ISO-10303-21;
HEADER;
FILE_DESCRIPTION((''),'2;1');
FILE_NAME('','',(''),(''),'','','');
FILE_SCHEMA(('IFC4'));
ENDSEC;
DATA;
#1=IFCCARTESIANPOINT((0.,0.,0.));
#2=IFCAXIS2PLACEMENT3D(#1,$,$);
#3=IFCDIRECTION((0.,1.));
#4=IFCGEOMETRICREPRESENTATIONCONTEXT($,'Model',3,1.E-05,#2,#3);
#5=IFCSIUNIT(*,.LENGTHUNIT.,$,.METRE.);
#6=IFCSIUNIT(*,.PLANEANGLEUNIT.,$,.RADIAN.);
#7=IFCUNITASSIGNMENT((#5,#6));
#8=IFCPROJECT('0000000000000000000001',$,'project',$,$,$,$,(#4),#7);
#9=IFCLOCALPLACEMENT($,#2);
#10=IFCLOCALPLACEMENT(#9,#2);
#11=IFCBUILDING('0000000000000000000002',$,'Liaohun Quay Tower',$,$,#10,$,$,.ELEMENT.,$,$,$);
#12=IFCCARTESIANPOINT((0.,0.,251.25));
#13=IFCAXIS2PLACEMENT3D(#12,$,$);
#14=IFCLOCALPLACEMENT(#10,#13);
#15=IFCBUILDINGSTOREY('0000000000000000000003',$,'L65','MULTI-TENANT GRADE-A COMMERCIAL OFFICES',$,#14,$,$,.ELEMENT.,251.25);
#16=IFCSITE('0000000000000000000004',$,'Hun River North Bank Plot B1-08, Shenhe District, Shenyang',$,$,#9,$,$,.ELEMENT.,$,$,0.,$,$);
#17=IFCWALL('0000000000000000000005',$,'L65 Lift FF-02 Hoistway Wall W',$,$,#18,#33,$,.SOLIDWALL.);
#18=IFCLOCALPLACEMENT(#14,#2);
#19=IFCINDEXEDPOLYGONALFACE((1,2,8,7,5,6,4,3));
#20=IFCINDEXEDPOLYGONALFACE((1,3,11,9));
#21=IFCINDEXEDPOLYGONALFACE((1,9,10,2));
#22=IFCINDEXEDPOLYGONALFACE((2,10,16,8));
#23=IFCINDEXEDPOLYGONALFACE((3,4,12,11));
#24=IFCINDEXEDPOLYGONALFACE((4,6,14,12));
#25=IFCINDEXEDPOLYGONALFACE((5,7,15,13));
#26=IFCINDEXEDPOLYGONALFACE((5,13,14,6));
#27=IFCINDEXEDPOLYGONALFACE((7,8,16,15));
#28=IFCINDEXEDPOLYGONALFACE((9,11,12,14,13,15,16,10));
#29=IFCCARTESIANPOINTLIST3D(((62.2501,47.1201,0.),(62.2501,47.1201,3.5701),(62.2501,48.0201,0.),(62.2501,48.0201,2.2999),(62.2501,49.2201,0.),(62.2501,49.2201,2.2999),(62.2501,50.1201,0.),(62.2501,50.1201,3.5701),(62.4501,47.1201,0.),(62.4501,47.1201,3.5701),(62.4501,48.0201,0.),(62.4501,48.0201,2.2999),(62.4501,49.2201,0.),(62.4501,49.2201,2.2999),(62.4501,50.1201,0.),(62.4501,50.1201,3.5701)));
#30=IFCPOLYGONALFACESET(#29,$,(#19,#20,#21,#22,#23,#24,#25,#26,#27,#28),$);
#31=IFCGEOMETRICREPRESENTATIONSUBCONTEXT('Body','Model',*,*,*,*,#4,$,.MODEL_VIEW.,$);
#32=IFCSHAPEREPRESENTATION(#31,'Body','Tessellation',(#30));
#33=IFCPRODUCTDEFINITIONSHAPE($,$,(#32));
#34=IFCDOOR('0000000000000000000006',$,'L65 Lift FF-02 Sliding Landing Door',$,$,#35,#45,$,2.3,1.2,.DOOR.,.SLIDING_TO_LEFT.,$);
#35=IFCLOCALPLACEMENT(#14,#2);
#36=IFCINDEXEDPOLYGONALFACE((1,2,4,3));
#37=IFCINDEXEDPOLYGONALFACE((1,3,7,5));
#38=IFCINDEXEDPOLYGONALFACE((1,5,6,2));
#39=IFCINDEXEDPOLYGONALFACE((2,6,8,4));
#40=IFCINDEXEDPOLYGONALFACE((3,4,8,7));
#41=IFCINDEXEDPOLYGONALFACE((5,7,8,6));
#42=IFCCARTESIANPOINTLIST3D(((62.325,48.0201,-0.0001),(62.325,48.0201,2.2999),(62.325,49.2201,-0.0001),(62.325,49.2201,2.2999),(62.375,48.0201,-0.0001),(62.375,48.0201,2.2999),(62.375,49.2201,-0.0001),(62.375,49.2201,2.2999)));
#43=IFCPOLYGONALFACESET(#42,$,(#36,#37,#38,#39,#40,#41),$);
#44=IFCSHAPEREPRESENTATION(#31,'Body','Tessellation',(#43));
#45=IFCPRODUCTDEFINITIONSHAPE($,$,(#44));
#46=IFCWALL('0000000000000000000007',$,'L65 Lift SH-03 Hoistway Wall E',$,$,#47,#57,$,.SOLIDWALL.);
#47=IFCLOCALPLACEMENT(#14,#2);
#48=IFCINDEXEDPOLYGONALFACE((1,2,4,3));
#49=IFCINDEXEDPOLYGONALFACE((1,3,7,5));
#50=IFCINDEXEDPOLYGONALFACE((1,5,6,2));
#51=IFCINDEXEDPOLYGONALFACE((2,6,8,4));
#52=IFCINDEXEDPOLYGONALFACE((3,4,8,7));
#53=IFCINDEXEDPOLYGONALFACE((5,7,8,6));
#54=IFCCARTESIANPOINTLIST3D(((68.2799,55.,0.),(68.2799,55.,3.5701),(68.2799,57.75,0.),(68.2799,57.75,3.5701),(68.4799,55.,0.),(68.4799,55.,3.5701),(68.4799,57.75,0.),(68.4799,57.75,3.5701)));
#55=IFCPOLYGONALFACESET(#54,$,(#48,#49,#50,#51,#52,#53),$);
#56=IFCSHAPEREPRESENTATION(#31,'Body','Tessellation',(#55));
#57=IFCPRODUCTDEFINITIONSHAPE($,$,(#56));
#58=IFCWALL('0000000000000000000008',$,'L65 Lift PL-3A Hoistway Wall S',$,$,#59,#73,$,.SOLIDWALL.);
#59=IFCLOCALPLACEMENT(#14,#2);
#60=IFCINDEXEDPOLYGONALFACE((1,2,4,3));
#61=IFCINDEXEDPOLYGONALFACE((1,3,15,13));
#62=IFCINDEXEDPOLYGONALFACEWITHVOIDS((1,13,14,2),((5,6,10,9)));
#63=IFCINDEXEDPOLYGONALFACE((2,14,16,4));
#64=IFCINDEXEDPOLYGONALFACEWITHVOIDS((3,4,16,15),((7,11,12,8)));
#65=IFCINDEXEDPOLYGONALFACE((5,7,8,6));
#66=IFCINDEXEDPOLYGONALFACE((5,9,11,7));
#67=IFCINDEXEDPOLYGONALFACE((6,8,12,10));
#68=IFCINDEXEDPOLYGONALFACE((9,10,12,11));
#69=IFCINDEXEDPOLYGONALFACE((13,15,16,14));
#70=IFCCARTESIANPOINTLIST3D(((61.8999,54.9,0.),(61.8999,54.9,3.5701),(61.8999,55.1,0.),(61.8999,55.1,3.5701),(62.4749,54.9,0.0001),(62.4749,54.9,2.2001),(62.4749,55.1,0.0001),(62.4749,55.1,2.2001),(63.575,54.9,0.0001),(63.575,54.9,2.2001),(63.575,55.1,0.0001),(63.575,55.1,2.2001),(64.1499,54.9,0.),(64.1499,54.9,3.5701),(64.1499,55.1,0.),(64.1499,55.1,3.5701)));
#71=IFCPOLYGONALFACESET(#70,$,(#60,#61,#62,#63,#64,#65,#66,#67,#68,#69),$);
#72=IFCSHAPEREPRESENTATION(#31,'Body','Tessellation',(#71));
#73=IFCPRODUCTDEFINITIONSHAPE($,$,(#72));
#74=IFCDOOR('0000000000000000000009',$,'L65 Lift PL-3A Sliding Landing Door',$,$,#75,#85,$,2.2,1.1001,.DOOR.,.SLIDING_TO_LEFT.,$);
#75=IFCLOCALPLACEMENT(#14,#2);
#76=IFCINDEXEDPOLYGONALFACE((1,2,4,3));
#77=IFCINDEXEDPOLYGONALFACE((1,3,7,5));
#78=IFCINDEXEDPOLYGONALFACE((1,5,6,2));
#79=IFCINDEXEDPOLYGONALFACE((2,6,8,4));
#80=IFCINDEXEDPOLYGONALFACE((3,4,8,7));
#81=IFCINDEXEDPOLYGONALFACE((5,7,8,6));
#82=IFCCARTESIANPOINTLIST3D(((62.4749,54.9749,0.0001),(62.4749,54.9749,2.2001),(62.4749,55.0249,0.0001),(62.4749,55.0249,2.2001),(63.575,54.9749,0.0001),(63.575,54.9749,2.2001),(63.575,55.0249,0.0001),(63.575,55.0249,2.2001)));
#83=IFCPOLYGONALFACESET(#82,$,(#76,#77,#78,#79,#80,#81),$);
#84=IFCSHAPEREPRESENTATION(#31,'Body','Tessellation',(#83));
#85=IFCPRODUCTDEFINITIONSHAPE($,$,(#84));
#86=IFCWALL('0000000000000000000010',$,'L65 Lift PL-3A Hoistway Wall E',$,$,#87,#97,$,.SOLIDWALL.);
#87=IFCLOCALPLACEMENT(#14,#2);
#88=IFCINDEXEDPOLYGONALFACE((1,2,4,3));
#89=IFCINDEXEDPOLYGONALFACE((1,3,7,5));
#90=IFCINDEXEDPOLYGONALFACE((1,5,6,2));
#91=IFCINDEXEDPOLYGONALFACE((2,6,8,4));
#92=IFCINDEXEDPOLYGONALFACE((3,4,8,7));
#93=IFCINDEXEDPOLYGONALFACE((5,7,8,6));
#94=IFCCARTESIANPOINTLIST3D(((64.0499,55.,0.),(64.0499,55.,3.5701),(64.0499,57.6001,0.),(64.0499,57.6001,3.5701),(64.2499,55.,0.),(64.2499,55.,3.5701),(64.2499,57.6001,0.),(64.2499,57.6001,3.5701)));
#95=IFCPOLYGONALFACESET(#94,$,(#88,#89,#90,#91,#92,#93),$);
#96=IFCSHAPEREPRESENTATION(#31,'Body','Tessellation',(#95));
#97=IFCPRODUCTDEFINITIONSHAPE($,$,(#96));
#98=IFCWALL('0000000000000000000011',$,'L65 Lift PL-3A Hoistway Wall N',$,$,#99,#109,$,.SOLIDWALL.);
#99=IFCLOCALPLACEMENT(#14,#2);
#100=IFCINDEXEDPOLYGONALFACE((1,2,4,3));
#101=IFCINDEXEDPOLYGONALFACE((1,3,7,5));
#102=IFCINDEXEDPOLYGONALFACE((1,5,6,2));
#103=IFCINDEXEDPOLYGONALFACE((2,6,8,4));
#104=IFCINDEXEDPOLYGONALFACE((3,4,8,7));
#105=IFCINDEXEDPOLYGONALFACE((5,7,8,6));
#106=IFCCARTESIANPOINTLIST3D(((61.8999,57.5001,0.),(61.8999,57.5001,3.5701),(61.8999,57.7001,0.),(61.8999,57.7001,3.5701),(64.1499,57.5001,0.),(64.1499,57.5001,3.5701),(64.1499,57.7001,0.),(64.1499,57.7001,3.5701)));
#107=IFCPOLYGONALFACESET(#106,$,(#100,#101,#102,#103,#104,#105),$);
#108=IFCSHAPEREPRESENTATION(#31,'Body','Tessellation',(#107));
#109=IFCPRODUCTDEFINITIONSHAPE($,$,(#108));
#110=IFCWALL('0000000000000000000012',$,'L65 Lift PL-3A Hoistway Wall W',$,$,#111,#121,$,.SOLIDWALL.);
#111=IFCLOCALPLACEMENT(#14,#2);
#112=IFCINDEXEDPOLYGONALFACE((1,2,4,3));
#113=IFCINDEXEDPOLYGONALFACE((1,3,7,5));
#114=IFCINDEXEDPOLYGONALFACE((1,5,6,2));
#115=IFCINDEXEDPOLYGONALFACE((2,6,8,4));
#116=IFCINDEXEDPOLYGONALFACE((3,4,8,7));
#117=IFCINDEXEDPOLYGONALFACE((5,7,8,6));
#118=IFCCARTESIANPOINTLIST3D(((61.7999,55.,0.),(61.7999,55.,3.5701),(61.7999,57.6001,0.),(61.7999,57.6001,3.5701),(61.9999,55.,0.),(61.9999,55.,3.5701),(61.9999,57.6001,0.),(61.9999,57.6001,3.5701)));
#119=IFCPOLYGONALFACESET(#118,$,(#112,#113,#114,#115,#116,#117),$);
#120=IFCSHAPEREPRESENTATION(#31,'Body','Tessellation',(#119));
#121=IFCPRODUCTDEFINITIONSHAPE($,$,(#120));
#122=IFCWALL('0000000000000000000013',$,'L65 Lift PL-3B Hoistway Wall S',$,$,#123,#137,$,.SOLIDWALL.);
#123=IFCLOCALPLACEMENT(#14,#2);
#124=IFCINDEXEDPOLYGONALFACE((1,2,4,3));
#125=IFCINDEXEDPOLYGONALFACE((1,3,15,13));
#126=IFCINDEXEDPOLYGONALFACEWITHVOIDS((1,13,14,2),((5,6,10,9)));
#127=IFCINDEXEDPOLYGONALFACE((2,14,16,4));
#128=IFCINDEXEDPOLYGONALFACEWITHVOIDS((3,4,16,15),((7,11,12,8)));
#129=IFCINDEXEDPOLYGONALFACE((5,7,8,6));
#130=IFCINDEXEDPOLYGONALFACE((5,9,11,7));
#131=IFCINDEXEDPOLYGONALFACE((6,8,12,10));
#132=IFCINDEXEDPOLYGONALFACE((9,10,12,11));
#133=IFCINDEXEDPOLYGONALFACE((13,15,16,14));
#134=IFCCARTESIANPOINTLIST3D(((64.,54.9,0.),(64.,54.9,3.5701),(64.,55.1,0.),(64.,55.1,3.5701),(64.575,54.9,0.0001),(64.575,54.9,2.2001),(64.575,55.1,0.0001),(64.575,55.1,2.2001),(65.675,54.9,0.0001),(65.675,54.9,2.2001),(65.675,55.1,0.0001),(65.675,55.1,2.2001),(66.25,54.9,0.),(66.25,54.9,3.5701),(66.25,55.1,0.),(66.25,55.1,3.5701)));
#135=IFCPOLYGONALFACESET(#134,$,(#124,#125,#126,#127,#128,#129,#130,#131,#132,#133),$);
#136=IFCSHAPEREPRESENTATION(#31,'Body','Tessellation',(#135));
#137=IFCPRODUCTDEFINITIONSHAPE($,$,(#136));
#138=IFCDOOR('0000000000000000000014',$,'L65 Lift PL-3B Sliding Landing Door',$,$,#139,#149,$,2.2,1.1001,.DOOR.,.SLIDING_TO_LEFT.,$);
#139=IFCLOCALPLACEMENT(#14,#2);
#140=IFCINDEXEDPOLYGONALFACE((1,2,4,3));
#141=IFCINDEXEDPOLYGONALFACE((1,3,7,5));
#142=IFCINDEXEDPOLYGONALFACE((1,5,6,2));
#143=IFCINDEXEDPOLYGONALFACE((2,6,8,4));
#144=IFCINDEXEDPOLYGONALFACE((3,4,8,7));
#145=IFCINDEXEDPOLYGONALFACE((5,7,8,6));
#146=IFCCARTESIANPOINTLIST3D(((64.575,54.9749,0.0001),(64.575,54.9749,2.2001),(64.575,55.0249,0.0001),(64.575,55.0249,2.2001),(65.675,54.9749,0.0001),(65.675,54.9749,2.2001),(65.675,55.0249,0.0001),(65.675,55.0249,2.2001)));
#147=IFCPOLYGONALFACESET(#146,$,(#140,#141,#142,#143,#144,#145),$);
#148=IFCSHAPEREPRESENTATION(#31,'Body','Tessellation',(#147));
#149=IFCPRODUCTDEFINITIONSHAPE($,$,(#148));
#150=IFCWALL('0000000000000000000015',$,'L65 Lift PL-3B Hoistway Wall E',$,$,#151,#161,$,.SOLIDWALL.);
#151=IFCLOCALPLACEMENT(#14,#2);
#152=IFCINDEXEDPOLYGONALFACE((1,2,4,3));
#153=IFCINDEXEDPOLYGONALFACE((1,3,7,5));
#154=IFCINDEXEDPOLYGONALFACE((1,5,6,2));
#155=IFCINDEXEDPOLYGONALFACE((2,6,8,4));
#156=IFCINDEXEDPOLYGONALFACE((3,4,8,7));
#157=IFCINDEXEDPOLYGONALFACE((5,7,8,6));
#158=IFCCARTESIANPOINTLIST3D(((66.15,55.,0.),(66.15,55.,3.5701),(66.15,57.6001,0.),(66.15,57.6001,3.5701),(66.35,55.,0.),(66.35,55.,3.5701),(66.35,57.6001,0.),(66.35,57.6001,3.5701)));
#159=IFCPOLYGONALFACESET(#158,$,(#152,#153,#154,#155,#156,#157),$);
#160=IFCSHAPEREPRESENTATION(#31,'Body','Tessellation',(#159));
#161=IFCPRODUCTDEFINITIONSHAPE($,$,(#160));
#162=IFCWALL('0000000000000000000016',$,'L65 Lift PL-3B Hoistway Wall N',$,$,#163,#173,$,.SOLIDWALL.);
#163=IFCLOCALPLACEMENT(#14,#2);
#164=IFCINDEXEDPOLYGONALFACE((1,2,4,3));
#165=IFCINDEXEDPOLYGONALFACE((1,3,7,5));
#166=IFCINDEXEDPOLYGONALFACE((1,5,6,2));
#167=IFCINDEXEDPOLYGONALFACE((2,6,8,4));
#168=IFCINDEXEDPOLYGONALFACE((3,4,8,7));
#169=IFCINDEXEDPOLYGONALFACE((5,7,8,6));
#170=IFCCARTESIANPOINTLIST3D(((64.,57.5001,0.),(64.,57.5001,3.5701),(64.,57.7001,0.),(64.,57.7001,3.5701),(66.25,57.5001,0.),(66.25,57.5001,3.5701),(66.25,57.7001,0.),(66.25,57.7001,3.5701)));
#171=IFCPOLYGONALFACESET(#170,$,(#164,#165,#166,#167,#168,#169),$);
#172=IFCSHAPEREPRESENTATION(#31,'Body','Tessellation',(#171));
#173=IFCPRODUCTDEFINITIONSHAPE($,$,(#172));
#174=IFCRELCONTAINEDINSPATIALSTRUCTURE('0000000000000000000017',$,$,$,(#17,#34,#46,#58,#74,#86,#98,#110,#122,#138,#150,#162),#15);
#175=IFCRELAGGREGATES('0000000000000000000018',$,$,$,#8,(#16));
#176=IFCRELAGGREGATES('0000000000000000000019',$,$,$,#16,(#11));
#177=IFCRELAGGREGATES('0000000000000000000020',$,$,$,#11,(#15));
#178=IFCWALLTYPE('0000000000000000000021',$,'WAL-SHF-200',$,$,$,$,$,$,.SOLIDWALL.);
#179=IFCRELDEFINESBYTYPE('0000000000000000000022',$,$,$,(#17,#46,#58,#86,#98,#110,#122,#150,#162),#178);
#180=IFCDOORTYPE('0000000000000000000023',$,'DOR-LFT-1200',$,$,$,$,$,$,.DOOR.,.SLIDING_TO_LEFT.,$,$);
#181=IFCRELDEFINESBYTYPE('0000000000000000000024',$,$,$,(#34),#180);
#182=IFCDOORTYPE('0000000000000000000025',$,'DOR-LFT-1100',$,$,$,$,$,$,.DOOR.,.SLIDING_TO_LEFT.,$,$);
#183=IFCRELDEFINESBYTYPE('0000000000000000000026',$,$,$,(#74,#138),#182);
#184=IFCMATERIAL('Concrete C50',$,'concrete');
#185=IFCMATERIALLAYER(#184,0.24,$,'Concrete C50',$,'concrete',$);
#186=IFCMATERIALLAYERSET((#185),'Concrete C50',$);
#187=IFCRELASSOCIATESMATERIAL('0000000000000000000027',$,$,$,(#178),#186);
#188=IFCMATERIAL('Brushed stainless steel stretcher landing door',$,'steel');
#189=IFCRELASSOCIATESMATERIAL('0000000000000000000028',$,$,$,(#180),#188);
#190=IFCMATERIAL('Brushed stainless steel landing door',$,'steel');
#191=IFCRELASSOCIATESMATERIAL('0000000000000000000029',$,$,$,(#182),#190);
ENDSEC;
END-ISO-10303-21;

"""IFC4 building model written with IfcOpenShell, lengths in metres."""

from ifc_helpers import new_model, si_unit, direction, frame, frame_2d, origin, place, context, subcontext, project, spatial, rectangle, extrude, source, transform, mapped, material, layer, layer_set, type_object, element, fill, save


model = new_model("IFC4")

# Units and contexts
model_context = context("Model", 3, precision=1e-05, world=origin(), true_north=direction((0.0, 1.0)))
body_context = subcontext(model_context, "Body", "Model", "MODEL_VIEW")
ifc_project = project(units=[si_unit("LENGTHUNIT", "METRE"), si_unit("PLANEANGLEUNIT", "RADIAN")], contexts=[model_context])

# Site, building, storey
site_placement = place(None, origin())
site = spatial("IfcSite", under=ifc_project, at=site_placement, Name="Hun River North Bank Plot B1-08, Shenhe District, Shenyang", CompositionType="ELEMENT", RefElevation=0.0)
building_placement = place(site_placement, origin())
building = spatial("IfcBuilding", under=site, at=building_placement, Name="Liaohun Quay Tower", CompositionType="ELEMENT")
storey_placement = place(building_placement, frame((0.0, 0.0, 251.25)))
storey = spatial("IfcBuildingStorey", under=building, at=storey_placement, Name="L65", Description="MULTI-TENANT GRADE-A COMMERCIAL OFFICES", CompositionType="ELEMENT", Elevation=251.25)

# Shared definitions
ifc_material_1 = material(Name="Concrete C50", Category="concrete")
ifc_layer_1 = layer(ifc_material_1, 0.24, Name="Concrete C50", Category="concrete")
ifc_layer_set_1 = layer_set([ifc_layer_1], Name="Concrete C50")
wall_type_1 = type_object("IfcWallType", Name="WAL-SHF-200", PredefinedType="SOLIDWALL", material=ifc_layer_set_1)

# Wall, opening, door
wall_1_placement = place(storey_placement, frame((62.3501, 50.1201, 0.0), z_axis=(0.0, 0.0, 1.0), x_axis=(0.0, -1.0, 0.0)))
wall_1 = element("IfcWall", 1, at=wall_1_placement, inside=storey, type_object=wall_type_1, Name="L65 Lift FF-02 Hoistway Wall W", PredefinedType="SOLIDWALL", context=body_context, shape_type="SweptSolid", body=[
    extrude(rectangle(XDim=3.0, YDim=0.2, at=frame_2d((1.5, 0.0))), origin(), (0.0, 0.0, 1.0), 3.5701),
])
shared_shape_1 = source(origin(), body_context, "Body", "SweptSolid", [
    extrude(rectangle(XDim=1.2, YDim=2.3, at=frame_2d((0.6001, 1.1499))), frame((0.0, 0.1099, 0.0), z_axis=(0.0, -1.0, 0.0), x_axis=(1.0, 0.0, 0.0)), (0.0, 0.0, 1.0), 0.22),
])
opening_1_placement = place(wall_1_placement, frame((0.8999, 0.0, 0.0)))
opening_1 = element("IfcOpeningElement", 2, at=opening_1_placement, cuts=wall_1, PredefinedType="OPENING", context=body_context, shape_type="MappedRepresentation", body=[
    mapped(shared_shape_1, transform((0.0, 0.0, 0.0), x_axis=(1.0, 0.0, 0.0), y_axis=(0.0, 1.0, 0.0), z_axis=(0.0, 0.0, 1.0), scale=1.0)),
])
ifc_material_2 = material(Name="Brushed stainless steel stretcher landing door", Category="steel")
door_type_1 = type_object("IfcDoorType", Name="DOR-LFT-1200", OperationType="SLIDING_TO_LEFT", PredefinedType="DOOR", material=ifc_material_2)
shared_shape_2 = source(origin(), body_context, "Body", "SweptSolid", [
    extrude(rectangle(XDim=1.2, YDim=2.3, at=frame_2d((0.6001, 1.1499))), frame((0.0, 0.0249, 0.0), z_axis=(0.0, -1.0, 0.0), x_axis=(1.0, 0.0, 0.0)), (0.0, 0.0, 1.0), 0.05),
])
door_1_placement = place(opening_1_placement, origin())
door_1 = element("IfcDoor", 3, at=door_1_placement, inside=storey, type_object=door_type_1, Name="L65 Lift FF-02 Sliding Landing Door", OperationType="SLIDING_TO_LEFT", OverallHeight=2.3, OverallWidth=1.2, PredefinedType="DOOR", context=body_context, shape_type="MappedRepresentation", body=[
    mapped(shared_shape_2, transform((0.0, 0.0, 0.0), x_axis=(1.0, 0.0, 0.0), y_axis=(0.0, 1.0, 0.0), z_axis=(0.0, 0.0, 1.0), scale=1.0)),
])
fill(opening_1, door_1)

# Wall
wall_2_placement = place(storey_placement, frame((68.3799, 55.0, 0.0), z_axis=(0.0, 0.0, 1.0), x_axis=(0.0, 1.0, 0.0)))
element("IfcWall", 4, at=wall_2_placement, inside=storey, type_object=wall_type_1, Name="L65 Lift SH-03 Hoistway Wall E", PredefinedType="SOLIDWALL", context=body_context, shape_type="SweptSolid", body=[
    extrude(rectangle(XDim=2.75, YDim=0.2, at=frame_2d((1.375, 0.0))), origin(), (0.0, 0.0, 1.0), 3.5701),
])

# Wall, opening, door
wall_3_placement = place(storey_placement, frame((61.8999, 55.0, 0.0), z_axis=(0.0, 0.0, 1.0), x_axis=(1.0, 0.0, 0.0)))
wall_3 = element("IfcWall", 5, at=wall_3_placement, inside=storey, type_object=wall_type_1, Name="L65 Lift PL-3A Hoistway Wall S", PredefinedType="SOLIDWALL", context=body_context, shape_type="SweptSolid", body=[
    extrude(rectangle(XDim=2.25, YDim=0.2, at=frame_2d((1.125, 0.0))), origin(), (0.0, 0.0, 1.0), 3.5701),
])
shared_shape_3 = source(origin(), body_context, "Body", "SweptSolid", [
    extrude(rectangle(XDim=1.1001, YDim=2.2, at=frame_2d((0.55, 1.1001))), frame((0.0, 0.1099, 0.0), z_axis=(0.0, -1.0, 0.0), x_axis=(1.0, 0.0, 0.0)), (0.0, 0.0, 1.0), 0.22),
])
opening_2_placement = place(wall_3_placement, frame((0.575, 0.0, 0.0)))
opening_2 = element("IfcOpeningElement", 6, at=opening_2_placement, cuts=wall_3, PredefinedType="OPENING", context=body_context, shape_type="MappedRepresentation", body=[
    mapped(shared_shape_3, transform((0.0, 0.0, 0.0), x_axis=(1.0, 0.0, 0.0), y_axis=(0.0, 1.0, 0.0), z_axis=(0.0, 0.0, 1.0), scale=1.0)),
])
ifc_material_3 = material(Name="Brushed stainless steel landing door", Category="steel")
door_type_2 = type_object("IfcDoorType", Name="DOR-LFT-1100", OperationType="SLIDING_TO_LEFT", PredefinedType="DOOR", material=ifc_material_3)
shared_shape_4 = source(origin(), body_context, "Body", "SweptSolid", [
    extrude(rectangle(XDim=1.1001, YDim=2.2, at=frame_2d((0.55, 1.1001))), frame((0.0, 0.0249, 0.0), z_axis=(0.0, -1.0, 0.0), x_axis=(1.0, 0.0, 0.0)), (0.0, 0.0, 1.0), 0.05),
])
door_2_placement = place(opening_2_placement, origin())
door_2 = element("IfcDoor", 7, at=door_2_placement, inside=storey, type_object=door_type_2, Name="L65 Lift PL-3A Sliding Landing Door", OperationType="SLIDING_TO_LEFT", OverallHeight=2.2, OverallWidth=1.1001, PredefinedType="DOOR", context=body_context, shape_type="MappedRepresentation", body=[
    mapped(shared_shape_4, transform((0.0, 0.0, 0.0), x_axis=(1.0, 0.0, 0.0), y_axis=(0.0, 1.0, 0.0), z_axis=(0.0, 0.0, 1.0), scale=1.0)),
])
fill(opening_2, door_2)

# Walls
wall_4_placement = place(storey_placement, frame((64.1499, 55.0, 0.0), z_axis=(0.0, 0.0, 1.0), x_axis=(0.0, 1.0, 0.0)))
element("IfcWall", 8, at=wall_4_placement, inside=storey, type_object=wall_type_1, Name="L65 Lift PL-3A Hoistway Wall E", PredefinedType="SOLIDWALL", context=body_context, shape_type="SweptSolid", body=[
    extrude(rectangle(XDim=2.6001, YDim=0.2, at=frame_2d((1.3, 0.0))), origin(), (0.0, 0.0, 1.0), 3.5701),
])
wall_5_placement = place(storey_placement, frame((64.1499, 57.6001, 0.0), z_axis=(0.0, 0.0, 1.0), x_axis=(-1.0, 0.0, 0.0)))
element("IfcWall", 9, at=wall_5_placement, inside=storey, type_object=wall_type_1, Name="L65 Lift PL-3A Hoistway Wall N", PredefinedType="SOLIDWALL", context=body_context, shape_type="SweptSolid", body=[
    extrude(rectangle(XDim=2.25, YDim=0.2, at=frame_2d((1.125, 0.0))), origin(), (0.0, 0.0, 1.0), 3.5701),
])
wall_6_placement = place(storey_placement, frame((61.8999, 57.6001, 0.0), z_axis=(0.0, 0.0, 1.0), x_axis=(0.0, -1.0, 0.0)))
element("IfcWall", 10, at=wall_6_placement, inside=storey, type_object=wall_type_1, Name="L65 Lift PL-3A Hoistway Wall W", PredefinedType="SOLIDWALL", context=body_context, shape_type="SweptSolid", body=[
    extrude(rectangle(XDim=2.6001, YDim=0.2, at=frame_2d((1.3, 0.0))), origin(), (0.0, 0.0, 1.0), 3.5701),
])

# Wall, opening, door
wall_7_placement = place(storey_placement, frame((64.0, 55.0, 0.0), z_axis=(0.0, 0.0, 1.0), x_axis=(1.0, 0.0, 0.0)))
wall_7 = element("IfcWall", 11, at=wall_7_placement, inside=storey, type_object=wall_type_1, Name="L65 Lift PL-3B Hoistway Wall S", PredefinedType="SOLIDWALL", context=body_context, shape_type="SweptSolid", body=[
    extrude(rectangle(XDim=2.25, YDim=0.2, at=frame_2d((1.125, 0.0))), origin(), (0.0, 0.0, 1.0), 3.5701),
])
opening_3_placement = place(wall_7_placement, frame((0.575, 0.0, 0.0)))
opening_3 = element("IfcOpeningElement", 12, at=opening_3_placement, cuts=wall_7, PredefinedType="OPENING", context=body_context, shape_type="MappedRepresentation", body=[
    mapped(shared_shape_3, transform((0.0, 0.0, 0.0), x_axis=(1.0, 0.0, 0.0), y_axis=(0.0, 1.0, 0.0), z_axis=(0.0, 0.0, 1.0), scale=1.0)),
])
door_3_placement = place(opening_3_placement, origin())
door_3 = element("IfcDoor", 13, at=door_3_placement, inside=storey, type_object=door_type_2, Name="L65 Lift PL-3B Sliding Landing Door", OperationType="SLIDING_TO_LEFT", OverallHeight=2.2, OverallWidth=1.1001, PredefinedType="DOOR", context=body_context, shape_type="MappedRepresentation", body=[
    mapped(shared_shape_4, transform((0.0, 0.0, 0.0), x_axis=(1.0, 0.0, 0.0), y_axis=(0.0, 1.0, 0.0), z_axis=(0.0, 0.0, 1.0), scale=1.0)),
])
fill(opening_3, door_3)

# Walls
wall_8_placement = place(storey_placement, frame((66.25, 55.0, 0.0), z_axis=(0.0, 0.0, 1.0), x_axis=(0.0, 1.0, 0.0)))
element("IfcWall", 14, at=wall_8_placement, inside=storey, type_object=wall_type_1, Name="L65 Lift PL-3B Hoistway Wall E", PredefinedType="SOLIDWALL", context=body_context, shape_type="SweptSolid", body=[
    extrude(rectangle(XDim=2.6001, YDim=0.2, at=frame_2d((1.3, 0.0))), origin(), (0.0, 0.0, 1.0), 3.5701),
])
wall_9_placement = place(storey_placement, frame((66.25, 57.6001, 0.0), z_axis=(0.0, 0.0, 1.0), x_axis=(-1.0, 0.0, 0.0)))
element("IfcWall", 15, at=wall_9_placement, inside=storey, type_object=wall_type_1, Name="L65 Lift PL-3B Hoistway Wall N", PredefinedType="SOLIDWALL", context=body_context, shape_type="SweptSolid", body=[
    extrude(rectangle(XDim=2.25, YDim=0.2, at=frame_2d((1.125, 0.0))), origin(), (0.0, 0.0, 1.0), 3.5701),
])

save(model, "model.ifc")
